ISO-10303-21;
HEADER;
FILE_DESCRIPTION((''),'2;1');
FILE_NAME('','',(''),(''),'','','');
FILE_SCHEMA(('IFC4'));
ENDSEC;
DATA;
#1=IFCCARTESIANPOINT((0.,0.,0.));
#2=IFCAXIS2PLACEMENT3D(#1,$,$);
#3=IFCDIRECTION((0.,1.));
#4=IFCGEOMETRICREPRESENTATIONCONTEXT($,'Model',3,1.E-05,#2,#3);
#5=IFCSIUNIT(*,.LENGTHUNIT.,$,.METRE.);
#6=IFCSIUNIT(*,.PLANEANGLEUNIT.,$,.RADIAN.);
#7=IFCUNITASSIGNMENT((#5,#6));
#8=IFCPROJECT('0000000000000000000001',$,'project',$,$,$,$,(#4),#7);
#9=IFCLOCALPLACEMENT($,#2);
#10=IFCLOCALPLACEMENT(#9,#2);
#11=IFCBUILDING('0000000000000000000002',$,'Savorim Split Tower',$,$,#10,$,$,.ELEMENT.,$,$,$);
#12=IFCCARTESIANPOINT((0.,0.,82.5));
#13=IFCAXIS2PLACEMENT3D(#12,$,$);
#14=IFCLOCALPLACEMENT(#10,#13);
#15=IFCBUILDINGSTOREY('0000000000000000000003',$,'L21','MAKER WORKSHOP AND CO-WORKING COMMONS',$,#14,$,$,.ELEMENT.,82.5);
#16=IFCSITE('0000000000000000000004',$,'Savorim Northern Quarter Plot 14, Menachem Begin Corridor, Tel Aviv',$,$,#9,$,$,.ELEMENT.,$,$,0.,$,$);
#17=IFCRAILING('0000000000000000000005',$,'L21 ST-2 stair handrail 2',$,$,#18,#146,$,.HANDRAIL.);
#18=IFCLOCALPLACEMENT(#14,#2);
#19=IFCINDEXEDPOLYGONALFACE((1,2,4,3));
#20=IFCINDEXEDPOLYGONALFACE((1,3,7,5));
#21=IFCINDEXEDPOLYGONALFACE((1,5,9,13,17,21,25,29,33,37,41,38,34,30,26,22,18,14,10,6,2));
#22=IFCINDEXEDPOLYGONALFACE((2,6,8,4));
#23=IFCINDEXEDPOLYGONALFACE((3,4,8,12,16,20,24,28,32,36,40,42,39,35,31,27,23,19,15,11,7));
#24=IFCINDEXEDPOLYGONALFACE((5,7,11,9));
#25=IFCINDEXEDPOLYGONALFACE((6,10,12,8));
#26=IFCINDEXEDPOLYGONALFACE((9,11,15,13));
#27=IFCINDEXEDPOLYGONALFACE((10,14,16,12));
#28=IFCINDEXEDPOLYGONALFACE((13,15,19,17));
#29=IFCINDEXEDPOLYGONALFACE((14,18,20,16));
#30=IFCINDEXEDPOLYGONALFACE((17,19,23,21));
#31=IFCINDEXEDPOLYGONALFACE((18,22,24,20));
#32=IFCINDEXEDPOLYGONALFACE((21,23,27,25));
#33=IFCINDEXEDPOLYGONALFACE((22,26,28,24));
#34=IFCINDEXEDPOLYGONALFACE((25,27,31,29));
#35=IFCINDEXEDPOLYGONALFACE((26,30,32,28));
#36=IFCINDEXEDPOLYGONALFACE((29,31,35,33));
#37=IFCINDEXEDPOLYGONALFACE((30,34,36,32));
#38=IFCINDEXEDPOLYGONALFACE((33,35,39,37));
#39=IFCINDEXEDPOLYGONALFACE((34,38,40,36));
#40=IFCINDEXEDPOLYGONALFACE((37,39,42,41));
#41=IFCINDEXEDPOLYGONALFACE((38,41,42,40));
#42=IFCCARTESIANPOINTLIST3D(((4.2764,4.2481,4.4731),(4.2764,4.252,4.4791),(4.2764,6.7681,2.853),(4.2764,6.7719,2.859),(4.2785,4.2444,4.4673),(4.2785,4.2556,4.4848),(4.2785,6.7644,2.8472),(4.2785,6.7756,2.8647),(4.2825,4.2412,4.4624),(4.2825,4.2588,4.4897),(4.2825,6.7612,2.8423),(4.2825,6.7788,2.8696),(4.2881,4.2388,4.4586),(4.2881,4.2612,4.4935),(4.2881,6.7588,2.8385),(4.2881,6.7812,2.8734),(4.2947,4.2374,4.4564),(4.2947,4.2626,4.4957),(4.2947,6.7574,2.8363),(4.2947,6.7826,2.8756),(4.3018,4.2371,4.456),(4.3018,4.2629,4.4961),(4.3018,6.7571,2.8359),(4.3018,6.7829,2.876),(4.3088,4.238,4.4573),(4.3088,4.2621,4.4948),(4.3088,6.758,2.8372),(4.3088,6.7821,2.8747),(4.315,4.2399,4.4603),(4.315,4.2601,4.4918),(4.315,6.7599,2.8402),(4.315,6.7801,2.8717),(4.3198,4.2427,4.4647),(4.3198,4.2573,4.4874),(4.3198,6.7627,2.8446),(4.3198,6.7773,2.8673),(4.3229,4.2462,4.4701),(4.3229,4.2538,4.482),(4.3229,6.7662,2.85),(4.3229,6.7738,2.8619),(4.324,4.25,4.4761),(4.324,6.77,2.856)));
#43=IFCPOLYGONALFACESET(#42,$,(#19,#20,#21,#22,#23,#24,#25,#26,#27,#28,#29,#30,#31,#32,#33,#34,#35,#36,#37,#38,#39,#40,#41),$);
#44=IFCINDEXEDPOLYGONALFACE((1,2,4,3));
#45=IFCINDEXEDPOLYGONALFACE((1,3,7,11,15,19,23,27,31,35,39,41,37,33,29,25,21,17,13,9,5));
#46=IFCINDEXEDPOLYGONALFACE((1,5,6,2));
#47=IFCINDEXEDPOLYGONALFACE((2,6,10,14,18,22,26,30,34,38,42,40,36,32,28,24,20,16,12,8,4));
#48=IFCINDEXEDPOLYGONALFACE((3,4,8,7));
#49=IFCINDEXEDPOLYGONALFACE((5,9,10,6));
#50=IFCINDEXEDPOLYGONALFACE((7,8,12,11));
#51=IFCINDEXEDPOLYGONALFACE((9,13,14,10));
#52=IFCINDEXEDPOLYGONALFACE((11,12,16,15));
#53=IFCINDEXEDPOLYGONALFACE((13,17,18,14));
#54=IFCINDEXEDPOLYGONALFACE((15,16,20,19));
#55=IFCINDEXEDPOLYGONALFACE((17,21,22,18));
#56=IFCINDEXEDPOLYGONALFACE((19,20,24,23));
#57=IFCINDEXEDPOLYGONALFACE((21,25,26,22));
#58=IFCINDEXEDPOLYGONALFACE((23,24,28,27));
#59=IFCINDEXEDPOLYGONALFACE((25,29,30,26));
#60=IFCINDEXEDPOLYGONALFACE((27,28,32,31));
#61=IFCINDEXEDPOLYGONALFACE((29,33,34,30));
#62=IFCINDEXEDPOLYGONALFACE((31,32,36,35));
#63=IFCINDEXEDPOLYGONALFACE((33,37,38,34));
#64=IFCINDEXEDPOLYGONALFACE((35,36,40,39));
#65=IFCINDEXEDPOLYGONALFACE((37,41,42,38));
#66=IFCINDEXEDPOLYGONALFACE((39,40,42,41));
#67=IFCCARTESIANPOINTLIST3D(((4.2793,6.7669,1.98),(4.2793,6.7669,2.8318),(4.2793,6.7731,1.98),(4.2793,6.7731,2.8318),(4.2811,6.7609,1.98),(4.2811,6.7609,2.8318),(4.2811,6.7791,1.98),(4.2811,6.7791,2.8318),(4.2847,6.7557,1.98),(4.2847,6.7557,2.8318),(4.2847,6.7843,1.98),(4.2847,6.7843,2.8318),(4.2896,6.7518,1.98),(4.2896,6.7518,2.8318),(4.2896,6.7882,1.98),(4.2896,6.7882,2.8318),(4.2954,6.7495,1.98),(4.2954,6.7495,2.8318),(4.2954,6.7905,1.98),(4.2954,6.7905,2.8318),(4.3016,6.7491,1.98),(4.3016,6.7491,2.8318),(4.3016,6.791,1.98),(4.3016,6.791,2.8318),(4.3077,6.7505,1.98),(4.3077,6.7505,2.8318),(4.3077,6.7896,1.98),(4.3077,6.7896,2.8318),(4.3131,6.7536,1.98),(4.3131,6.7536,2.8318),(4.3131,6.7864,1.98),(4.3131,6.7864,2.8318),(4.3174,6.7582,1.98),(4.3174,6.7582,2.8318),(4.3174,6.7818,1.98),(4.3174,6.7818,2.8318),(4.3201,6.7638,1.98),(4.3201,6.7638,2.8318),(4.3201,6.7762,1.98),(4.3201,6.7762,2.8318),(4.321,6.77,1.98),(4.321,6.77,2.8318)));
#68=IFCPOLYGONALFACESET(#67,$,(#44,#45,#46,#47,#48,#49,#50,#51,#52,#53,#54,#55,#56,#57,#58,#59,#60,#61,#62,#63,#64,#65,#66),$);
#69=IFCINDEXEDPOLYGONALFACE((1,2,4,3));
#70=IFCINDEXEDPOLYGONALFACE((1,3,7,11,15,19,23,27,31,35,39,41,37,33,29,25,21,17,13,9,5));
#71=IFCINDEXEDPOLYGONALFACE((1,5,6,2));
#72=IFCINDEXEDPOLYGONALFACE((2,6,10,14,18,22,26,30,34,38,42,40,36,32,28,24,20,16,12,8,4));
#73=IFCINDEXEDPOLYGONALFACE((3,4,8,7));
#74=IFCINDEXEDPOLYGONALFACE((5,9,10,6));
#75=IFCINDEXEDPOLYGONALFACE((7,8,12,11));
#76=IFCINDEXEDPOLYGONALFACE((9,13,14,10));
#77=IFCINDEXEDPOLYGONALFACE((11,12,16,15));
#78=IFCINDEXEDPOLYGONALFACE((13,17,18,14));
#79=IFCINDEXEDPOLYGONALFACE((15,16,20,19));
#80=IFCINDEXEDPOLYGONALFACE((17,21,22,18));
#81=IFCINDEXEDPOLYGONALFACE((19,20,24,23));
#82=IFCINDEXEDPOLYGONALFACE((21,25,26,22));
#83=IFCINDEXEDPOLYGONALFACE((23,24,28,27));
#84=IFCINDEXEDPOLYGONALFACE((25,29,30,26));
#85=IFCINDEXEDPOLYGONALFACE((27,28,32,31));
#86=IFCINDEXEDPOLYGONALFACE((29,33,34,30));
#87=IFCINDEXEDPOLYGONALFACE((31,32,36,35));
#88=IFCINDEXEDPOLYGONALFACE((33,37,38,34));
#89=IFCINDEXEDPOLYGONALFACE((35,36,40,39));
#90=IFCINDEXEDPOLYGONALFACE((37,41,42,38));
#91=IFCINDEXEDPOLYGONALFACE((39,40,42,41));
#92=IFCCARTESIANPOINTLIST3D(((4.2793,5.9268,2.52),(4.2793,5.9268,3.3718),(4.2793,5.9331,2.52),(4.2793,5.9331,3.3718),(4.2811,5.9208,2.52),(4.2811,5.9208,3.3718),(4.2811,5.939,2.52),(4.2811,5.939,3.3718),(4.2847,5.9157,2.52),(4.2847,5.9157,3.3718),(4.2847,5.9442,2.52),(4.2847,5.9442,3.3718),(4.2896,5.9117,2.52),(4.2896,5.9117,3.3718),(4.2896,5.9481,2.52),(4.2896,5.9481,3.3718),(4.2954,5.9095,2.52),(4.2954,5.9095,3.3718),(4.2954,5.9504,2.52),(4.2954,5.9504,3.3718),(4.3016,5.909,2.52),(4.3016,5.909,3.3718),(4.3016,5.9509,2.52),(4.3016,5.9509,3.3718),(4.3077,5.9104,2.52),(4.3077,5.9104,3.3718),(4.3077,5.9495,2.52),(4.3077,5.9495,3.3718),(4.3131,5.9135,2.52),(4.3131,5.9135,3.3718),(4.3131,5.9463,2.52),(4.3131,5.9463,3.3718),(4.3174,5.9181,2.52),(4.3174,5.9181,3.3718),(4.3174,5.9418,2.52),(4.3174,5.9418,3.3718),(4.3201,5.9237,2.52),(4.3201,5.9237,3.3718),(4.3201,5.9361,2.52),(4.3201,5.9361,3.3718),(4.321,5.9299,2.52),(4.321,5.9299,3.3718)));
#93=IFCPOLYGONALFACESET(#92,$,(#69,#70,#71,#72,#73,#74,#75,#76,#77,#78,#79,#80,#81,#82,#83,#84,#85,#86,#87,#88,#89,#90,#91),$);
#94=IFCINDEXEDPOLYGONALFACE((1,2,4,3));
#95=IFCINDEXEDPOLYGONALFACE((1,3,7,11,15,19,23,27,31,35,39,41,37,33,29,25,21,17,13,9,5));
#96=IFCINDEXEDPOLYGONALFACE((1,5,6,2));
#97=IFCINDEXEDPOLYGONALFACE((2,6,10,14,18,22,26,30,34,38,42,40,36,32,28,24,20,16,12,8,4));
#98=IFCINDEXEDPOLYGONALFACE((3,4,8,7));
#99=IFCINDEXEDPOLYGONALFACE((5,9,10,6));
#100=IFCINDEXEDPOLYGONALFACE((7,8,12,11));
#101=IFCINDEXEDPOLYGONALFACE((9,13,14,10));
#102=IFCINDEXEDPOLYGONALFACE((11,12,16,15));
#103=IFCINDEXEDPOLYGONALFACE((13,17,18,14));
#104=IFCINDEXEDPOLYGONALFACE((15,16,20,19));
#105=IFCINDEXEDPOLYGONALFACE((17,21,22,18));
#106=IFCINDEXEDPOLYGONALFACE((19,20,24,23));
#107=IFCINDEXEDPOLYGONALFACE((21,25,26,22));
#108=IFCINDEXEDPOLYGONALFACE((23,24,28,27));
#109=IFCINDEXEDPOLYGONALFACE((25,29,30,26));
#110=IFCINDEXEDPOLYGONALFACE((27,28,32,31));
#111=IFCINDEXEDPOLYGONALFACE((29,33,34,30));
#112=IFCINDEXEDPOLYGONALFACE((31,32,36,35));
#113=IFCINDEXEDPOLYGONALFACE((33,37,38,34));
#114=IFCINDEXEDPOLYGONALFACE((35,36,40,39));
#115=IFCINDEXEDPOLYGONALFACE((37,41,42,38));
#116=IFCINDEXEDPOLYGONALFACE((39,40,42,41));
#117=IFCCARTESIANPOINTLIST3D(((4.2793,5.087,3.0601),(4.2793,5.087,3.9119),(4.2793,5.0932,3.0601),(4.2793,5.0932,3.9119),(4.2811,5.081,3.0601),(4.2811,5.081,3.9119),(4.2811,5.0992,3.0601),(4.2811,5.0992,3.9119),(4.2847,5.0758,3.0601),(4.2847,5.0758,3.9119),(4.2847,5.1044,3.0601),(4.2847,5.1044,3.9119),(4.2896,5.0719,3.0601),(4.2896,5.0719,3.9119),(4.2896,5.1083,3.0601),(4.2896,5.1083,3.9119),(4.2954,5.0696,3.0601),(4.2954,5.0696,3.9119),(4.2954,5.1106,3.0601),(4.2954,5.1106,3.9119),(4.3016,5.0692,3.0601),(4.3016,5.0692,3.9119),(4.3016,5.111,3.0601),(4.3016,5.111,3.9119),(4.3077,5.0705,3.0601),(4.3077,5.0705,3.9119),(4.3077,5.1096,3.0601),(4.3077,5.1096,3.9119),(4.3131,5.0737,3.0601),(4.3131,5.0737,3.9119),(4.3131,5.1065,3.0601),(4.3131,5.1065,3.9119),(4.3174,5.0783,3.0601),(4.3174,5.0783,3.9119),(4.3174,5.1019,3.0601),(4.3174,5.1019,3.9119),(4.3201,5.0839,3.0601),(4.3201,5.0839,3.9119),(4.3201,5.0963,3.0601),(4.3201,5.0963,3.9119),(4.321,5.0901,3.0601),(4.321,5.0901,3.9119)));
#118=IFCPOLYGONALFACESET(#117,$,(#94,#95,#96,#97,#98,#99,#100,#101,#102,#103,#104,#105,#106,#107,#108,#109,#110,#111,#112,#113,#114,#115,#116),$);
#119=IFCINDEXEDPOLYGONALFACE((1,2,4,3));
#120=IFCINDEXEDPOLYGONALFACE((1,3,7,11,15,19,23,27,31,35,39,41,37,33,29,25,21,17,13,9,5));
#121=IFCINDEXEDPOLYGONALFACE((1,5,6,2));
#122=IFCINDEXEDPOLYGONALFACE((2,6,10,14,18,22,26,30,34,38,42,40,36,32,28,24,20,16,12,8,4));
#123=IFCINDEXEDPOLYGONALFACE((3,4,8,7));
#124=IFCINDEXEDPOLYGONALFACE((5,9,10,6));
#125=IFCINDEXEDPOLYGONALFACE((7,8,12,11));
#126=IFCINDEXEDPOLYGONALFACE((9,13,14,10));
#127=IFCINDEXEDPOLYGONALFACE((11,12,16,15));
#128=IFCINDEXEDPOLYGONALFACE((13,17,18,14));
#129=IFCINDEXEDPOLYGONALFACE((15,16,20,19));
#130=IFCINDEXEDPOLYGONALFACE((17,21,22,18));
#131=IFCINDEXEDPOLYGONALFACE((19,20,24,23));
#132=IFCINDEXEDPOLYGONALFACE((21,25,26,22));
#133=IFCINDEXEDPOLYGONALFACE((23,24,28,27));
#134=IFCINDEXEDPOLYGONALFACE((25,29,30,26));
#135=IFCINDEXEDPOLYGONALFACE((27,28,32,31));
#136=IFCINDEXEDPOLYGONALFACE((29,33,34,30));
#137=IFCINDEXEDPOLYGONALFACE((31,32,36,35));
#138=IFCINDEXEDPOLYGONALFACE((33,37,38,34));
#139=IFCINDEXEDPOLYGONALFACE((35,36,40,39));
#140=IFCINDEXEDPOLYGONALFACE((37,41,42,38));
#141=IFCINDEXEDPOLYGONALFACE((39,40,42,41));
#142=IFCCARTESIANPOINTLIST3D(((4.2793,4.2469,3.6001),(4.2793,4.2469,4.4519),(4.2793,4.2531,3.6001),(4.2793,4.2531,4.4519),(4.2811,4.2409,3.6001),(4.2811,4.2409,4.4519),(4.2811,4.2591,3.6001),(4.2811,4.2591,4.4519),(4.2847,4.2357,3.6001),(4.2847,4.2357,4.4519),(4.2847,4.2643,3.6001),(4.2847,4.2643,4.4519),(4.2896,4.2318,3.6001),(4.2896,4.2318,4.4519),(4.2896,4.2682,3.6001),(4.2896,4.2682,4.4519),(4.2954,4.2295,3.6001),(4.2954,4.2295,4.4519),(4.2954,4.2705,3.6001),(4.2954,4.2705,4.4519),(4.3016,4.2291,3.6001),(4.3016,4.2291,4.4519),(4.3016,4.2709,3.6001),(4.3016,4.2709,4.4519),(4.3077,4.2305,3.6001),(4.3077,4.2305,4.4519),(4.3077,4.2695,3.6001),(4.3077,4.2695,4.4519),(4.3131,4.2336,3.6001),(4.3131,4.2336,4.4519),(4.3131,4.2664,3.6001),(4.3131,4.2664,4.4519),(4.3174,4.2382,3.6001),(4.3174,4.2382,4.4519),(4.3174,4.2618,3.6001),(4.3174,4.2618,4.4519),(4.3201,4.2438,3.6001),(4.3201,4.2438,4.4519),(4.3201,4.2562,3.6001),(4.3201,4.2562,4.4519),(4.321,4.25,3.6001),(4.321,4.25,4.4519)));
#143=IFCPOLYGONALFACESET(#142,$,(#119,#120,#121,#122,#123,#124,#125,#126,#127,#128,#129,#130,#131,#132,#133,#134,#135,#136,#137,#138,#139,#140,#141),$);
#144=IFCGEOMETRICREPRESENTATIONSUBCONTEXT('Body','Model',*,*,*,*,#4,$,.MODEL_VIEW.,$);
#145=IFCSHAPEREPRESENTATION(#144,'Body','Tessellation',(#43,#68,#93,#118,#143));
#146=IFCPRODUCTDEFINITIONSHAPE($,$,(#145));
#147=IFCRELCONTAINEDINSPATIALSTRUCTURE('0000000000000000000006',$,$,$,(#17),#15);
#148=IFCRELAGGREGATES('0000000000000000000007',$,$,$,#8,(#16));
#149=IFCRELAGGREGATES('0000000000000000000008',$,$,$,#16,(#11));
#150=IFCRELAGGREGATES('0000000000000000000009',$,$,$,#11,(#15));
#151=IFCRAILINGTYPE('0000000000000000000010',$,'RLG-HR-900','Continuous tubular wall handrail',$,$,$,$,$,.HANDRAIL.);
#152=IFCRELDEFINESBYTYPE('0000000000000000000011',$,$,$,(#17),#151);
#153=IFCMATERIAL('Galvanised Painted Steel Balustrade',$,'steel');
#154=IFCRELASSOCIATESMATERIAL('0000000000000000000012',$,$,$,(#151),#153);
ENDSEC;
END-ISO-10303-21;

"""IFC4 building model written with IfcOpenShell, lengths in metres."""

from ifc_helpers import new_model, si_unit, direction, frame, origin, origin_2d, place, context, subcontext, project, spatial, circle, extrude, material, type_object, element, save


model = new_model("IFC4")

# Units and contexts
model_context = context("Model", 3, precision=1e-05, world=origin(), true_north=direction((0.0, 1.0)))
body_context = subcontext(model_context, "Body", "Model", "MODEL_VIEW")
ifc_project = project(units=[si_unit("LENGTHUNIT", "METRE"), si_unit("PLANEANGLEUNIT", "RADIAN")], contexts=[model_context])

# Site, building, storey
site_placement = place(None, origin())
site = spatial("IfcSite", under=ifc_project, at=site_placement, Name="Savorim Northern Quarter Plot 14, Menachem Begin Corridor, Tel Aviv", CompositionType="ELEMENT", RefElevation=0.0)
building_placement = place(site_placement, origin())
building = spatial("IfcBuilding", under=site, at=building_placement, Name="Savorim Split Tower", CompositionType="ELEMENT")
storey_placement = place(building_placement, frame((0.0, 0.0, 82.5)))
storey = spatial("IfcBuildingStorey", under=building, at=storey_placement, Name="L21", Description="MAKER WORKSHOP AND CO-WORKING COMMONS", CompositionType="ELEMENT", Elevation=82.5)

# Railing
ifc_material_1 = material(Name="Galvanised Painted Steel Balustrade", Category="steel")
railing_type_1 = type_object("IfcRailingType", Name="RLG-HR-900", Description="Continuous tubular wall handrail", PredefinedType="HANDRAIL", material=ifc_material_1)
railing_1_placement = place(storey_placement, frame((4.3, 6.77, 1.98)))
element("IfcRailing", 1, at=railing_1_placement, inside=storey, type_object=railing_type_1, Name="L21 ST-2 stair handrail 2", PredefinedType="HANDRAIL", context=body_context, shape_type="SweptSolid", body=[
    extrude(circle(Radius=0.0239, at=origin_2d()), frame((0.0, 0.0, 0.876), z_axis=(0.0, -0.841163, 0.540782), x_axis=(1.0, 0.0, 0.0)), (0.0, 0.0, 1.0), 2.9958),
    extrude(circle(Radius=0.021, at=origin_2d()), origin(), (0.0, 0.0, 1.0), 0.8518),
    extrude(circle(Radius=0.021, at=origin_2d()), frame((0.0, -0.8401, 0.54)), (0.0, 0.0, 1.0), 0.8518),
    extrude(circle(Radius=0.021, at=origin_2d()), frame((0.0, -1.6799, 1.0801)), (0.0, 0.0, 1.0), 0.8518),
    extrude(circle(Radius=0.021, at=origin_2d()), frame((0.0, -2.52, 1.6201)), (0.0, 0.0, 1.0), 0.8518),
])

save(model, "model.ifc")
